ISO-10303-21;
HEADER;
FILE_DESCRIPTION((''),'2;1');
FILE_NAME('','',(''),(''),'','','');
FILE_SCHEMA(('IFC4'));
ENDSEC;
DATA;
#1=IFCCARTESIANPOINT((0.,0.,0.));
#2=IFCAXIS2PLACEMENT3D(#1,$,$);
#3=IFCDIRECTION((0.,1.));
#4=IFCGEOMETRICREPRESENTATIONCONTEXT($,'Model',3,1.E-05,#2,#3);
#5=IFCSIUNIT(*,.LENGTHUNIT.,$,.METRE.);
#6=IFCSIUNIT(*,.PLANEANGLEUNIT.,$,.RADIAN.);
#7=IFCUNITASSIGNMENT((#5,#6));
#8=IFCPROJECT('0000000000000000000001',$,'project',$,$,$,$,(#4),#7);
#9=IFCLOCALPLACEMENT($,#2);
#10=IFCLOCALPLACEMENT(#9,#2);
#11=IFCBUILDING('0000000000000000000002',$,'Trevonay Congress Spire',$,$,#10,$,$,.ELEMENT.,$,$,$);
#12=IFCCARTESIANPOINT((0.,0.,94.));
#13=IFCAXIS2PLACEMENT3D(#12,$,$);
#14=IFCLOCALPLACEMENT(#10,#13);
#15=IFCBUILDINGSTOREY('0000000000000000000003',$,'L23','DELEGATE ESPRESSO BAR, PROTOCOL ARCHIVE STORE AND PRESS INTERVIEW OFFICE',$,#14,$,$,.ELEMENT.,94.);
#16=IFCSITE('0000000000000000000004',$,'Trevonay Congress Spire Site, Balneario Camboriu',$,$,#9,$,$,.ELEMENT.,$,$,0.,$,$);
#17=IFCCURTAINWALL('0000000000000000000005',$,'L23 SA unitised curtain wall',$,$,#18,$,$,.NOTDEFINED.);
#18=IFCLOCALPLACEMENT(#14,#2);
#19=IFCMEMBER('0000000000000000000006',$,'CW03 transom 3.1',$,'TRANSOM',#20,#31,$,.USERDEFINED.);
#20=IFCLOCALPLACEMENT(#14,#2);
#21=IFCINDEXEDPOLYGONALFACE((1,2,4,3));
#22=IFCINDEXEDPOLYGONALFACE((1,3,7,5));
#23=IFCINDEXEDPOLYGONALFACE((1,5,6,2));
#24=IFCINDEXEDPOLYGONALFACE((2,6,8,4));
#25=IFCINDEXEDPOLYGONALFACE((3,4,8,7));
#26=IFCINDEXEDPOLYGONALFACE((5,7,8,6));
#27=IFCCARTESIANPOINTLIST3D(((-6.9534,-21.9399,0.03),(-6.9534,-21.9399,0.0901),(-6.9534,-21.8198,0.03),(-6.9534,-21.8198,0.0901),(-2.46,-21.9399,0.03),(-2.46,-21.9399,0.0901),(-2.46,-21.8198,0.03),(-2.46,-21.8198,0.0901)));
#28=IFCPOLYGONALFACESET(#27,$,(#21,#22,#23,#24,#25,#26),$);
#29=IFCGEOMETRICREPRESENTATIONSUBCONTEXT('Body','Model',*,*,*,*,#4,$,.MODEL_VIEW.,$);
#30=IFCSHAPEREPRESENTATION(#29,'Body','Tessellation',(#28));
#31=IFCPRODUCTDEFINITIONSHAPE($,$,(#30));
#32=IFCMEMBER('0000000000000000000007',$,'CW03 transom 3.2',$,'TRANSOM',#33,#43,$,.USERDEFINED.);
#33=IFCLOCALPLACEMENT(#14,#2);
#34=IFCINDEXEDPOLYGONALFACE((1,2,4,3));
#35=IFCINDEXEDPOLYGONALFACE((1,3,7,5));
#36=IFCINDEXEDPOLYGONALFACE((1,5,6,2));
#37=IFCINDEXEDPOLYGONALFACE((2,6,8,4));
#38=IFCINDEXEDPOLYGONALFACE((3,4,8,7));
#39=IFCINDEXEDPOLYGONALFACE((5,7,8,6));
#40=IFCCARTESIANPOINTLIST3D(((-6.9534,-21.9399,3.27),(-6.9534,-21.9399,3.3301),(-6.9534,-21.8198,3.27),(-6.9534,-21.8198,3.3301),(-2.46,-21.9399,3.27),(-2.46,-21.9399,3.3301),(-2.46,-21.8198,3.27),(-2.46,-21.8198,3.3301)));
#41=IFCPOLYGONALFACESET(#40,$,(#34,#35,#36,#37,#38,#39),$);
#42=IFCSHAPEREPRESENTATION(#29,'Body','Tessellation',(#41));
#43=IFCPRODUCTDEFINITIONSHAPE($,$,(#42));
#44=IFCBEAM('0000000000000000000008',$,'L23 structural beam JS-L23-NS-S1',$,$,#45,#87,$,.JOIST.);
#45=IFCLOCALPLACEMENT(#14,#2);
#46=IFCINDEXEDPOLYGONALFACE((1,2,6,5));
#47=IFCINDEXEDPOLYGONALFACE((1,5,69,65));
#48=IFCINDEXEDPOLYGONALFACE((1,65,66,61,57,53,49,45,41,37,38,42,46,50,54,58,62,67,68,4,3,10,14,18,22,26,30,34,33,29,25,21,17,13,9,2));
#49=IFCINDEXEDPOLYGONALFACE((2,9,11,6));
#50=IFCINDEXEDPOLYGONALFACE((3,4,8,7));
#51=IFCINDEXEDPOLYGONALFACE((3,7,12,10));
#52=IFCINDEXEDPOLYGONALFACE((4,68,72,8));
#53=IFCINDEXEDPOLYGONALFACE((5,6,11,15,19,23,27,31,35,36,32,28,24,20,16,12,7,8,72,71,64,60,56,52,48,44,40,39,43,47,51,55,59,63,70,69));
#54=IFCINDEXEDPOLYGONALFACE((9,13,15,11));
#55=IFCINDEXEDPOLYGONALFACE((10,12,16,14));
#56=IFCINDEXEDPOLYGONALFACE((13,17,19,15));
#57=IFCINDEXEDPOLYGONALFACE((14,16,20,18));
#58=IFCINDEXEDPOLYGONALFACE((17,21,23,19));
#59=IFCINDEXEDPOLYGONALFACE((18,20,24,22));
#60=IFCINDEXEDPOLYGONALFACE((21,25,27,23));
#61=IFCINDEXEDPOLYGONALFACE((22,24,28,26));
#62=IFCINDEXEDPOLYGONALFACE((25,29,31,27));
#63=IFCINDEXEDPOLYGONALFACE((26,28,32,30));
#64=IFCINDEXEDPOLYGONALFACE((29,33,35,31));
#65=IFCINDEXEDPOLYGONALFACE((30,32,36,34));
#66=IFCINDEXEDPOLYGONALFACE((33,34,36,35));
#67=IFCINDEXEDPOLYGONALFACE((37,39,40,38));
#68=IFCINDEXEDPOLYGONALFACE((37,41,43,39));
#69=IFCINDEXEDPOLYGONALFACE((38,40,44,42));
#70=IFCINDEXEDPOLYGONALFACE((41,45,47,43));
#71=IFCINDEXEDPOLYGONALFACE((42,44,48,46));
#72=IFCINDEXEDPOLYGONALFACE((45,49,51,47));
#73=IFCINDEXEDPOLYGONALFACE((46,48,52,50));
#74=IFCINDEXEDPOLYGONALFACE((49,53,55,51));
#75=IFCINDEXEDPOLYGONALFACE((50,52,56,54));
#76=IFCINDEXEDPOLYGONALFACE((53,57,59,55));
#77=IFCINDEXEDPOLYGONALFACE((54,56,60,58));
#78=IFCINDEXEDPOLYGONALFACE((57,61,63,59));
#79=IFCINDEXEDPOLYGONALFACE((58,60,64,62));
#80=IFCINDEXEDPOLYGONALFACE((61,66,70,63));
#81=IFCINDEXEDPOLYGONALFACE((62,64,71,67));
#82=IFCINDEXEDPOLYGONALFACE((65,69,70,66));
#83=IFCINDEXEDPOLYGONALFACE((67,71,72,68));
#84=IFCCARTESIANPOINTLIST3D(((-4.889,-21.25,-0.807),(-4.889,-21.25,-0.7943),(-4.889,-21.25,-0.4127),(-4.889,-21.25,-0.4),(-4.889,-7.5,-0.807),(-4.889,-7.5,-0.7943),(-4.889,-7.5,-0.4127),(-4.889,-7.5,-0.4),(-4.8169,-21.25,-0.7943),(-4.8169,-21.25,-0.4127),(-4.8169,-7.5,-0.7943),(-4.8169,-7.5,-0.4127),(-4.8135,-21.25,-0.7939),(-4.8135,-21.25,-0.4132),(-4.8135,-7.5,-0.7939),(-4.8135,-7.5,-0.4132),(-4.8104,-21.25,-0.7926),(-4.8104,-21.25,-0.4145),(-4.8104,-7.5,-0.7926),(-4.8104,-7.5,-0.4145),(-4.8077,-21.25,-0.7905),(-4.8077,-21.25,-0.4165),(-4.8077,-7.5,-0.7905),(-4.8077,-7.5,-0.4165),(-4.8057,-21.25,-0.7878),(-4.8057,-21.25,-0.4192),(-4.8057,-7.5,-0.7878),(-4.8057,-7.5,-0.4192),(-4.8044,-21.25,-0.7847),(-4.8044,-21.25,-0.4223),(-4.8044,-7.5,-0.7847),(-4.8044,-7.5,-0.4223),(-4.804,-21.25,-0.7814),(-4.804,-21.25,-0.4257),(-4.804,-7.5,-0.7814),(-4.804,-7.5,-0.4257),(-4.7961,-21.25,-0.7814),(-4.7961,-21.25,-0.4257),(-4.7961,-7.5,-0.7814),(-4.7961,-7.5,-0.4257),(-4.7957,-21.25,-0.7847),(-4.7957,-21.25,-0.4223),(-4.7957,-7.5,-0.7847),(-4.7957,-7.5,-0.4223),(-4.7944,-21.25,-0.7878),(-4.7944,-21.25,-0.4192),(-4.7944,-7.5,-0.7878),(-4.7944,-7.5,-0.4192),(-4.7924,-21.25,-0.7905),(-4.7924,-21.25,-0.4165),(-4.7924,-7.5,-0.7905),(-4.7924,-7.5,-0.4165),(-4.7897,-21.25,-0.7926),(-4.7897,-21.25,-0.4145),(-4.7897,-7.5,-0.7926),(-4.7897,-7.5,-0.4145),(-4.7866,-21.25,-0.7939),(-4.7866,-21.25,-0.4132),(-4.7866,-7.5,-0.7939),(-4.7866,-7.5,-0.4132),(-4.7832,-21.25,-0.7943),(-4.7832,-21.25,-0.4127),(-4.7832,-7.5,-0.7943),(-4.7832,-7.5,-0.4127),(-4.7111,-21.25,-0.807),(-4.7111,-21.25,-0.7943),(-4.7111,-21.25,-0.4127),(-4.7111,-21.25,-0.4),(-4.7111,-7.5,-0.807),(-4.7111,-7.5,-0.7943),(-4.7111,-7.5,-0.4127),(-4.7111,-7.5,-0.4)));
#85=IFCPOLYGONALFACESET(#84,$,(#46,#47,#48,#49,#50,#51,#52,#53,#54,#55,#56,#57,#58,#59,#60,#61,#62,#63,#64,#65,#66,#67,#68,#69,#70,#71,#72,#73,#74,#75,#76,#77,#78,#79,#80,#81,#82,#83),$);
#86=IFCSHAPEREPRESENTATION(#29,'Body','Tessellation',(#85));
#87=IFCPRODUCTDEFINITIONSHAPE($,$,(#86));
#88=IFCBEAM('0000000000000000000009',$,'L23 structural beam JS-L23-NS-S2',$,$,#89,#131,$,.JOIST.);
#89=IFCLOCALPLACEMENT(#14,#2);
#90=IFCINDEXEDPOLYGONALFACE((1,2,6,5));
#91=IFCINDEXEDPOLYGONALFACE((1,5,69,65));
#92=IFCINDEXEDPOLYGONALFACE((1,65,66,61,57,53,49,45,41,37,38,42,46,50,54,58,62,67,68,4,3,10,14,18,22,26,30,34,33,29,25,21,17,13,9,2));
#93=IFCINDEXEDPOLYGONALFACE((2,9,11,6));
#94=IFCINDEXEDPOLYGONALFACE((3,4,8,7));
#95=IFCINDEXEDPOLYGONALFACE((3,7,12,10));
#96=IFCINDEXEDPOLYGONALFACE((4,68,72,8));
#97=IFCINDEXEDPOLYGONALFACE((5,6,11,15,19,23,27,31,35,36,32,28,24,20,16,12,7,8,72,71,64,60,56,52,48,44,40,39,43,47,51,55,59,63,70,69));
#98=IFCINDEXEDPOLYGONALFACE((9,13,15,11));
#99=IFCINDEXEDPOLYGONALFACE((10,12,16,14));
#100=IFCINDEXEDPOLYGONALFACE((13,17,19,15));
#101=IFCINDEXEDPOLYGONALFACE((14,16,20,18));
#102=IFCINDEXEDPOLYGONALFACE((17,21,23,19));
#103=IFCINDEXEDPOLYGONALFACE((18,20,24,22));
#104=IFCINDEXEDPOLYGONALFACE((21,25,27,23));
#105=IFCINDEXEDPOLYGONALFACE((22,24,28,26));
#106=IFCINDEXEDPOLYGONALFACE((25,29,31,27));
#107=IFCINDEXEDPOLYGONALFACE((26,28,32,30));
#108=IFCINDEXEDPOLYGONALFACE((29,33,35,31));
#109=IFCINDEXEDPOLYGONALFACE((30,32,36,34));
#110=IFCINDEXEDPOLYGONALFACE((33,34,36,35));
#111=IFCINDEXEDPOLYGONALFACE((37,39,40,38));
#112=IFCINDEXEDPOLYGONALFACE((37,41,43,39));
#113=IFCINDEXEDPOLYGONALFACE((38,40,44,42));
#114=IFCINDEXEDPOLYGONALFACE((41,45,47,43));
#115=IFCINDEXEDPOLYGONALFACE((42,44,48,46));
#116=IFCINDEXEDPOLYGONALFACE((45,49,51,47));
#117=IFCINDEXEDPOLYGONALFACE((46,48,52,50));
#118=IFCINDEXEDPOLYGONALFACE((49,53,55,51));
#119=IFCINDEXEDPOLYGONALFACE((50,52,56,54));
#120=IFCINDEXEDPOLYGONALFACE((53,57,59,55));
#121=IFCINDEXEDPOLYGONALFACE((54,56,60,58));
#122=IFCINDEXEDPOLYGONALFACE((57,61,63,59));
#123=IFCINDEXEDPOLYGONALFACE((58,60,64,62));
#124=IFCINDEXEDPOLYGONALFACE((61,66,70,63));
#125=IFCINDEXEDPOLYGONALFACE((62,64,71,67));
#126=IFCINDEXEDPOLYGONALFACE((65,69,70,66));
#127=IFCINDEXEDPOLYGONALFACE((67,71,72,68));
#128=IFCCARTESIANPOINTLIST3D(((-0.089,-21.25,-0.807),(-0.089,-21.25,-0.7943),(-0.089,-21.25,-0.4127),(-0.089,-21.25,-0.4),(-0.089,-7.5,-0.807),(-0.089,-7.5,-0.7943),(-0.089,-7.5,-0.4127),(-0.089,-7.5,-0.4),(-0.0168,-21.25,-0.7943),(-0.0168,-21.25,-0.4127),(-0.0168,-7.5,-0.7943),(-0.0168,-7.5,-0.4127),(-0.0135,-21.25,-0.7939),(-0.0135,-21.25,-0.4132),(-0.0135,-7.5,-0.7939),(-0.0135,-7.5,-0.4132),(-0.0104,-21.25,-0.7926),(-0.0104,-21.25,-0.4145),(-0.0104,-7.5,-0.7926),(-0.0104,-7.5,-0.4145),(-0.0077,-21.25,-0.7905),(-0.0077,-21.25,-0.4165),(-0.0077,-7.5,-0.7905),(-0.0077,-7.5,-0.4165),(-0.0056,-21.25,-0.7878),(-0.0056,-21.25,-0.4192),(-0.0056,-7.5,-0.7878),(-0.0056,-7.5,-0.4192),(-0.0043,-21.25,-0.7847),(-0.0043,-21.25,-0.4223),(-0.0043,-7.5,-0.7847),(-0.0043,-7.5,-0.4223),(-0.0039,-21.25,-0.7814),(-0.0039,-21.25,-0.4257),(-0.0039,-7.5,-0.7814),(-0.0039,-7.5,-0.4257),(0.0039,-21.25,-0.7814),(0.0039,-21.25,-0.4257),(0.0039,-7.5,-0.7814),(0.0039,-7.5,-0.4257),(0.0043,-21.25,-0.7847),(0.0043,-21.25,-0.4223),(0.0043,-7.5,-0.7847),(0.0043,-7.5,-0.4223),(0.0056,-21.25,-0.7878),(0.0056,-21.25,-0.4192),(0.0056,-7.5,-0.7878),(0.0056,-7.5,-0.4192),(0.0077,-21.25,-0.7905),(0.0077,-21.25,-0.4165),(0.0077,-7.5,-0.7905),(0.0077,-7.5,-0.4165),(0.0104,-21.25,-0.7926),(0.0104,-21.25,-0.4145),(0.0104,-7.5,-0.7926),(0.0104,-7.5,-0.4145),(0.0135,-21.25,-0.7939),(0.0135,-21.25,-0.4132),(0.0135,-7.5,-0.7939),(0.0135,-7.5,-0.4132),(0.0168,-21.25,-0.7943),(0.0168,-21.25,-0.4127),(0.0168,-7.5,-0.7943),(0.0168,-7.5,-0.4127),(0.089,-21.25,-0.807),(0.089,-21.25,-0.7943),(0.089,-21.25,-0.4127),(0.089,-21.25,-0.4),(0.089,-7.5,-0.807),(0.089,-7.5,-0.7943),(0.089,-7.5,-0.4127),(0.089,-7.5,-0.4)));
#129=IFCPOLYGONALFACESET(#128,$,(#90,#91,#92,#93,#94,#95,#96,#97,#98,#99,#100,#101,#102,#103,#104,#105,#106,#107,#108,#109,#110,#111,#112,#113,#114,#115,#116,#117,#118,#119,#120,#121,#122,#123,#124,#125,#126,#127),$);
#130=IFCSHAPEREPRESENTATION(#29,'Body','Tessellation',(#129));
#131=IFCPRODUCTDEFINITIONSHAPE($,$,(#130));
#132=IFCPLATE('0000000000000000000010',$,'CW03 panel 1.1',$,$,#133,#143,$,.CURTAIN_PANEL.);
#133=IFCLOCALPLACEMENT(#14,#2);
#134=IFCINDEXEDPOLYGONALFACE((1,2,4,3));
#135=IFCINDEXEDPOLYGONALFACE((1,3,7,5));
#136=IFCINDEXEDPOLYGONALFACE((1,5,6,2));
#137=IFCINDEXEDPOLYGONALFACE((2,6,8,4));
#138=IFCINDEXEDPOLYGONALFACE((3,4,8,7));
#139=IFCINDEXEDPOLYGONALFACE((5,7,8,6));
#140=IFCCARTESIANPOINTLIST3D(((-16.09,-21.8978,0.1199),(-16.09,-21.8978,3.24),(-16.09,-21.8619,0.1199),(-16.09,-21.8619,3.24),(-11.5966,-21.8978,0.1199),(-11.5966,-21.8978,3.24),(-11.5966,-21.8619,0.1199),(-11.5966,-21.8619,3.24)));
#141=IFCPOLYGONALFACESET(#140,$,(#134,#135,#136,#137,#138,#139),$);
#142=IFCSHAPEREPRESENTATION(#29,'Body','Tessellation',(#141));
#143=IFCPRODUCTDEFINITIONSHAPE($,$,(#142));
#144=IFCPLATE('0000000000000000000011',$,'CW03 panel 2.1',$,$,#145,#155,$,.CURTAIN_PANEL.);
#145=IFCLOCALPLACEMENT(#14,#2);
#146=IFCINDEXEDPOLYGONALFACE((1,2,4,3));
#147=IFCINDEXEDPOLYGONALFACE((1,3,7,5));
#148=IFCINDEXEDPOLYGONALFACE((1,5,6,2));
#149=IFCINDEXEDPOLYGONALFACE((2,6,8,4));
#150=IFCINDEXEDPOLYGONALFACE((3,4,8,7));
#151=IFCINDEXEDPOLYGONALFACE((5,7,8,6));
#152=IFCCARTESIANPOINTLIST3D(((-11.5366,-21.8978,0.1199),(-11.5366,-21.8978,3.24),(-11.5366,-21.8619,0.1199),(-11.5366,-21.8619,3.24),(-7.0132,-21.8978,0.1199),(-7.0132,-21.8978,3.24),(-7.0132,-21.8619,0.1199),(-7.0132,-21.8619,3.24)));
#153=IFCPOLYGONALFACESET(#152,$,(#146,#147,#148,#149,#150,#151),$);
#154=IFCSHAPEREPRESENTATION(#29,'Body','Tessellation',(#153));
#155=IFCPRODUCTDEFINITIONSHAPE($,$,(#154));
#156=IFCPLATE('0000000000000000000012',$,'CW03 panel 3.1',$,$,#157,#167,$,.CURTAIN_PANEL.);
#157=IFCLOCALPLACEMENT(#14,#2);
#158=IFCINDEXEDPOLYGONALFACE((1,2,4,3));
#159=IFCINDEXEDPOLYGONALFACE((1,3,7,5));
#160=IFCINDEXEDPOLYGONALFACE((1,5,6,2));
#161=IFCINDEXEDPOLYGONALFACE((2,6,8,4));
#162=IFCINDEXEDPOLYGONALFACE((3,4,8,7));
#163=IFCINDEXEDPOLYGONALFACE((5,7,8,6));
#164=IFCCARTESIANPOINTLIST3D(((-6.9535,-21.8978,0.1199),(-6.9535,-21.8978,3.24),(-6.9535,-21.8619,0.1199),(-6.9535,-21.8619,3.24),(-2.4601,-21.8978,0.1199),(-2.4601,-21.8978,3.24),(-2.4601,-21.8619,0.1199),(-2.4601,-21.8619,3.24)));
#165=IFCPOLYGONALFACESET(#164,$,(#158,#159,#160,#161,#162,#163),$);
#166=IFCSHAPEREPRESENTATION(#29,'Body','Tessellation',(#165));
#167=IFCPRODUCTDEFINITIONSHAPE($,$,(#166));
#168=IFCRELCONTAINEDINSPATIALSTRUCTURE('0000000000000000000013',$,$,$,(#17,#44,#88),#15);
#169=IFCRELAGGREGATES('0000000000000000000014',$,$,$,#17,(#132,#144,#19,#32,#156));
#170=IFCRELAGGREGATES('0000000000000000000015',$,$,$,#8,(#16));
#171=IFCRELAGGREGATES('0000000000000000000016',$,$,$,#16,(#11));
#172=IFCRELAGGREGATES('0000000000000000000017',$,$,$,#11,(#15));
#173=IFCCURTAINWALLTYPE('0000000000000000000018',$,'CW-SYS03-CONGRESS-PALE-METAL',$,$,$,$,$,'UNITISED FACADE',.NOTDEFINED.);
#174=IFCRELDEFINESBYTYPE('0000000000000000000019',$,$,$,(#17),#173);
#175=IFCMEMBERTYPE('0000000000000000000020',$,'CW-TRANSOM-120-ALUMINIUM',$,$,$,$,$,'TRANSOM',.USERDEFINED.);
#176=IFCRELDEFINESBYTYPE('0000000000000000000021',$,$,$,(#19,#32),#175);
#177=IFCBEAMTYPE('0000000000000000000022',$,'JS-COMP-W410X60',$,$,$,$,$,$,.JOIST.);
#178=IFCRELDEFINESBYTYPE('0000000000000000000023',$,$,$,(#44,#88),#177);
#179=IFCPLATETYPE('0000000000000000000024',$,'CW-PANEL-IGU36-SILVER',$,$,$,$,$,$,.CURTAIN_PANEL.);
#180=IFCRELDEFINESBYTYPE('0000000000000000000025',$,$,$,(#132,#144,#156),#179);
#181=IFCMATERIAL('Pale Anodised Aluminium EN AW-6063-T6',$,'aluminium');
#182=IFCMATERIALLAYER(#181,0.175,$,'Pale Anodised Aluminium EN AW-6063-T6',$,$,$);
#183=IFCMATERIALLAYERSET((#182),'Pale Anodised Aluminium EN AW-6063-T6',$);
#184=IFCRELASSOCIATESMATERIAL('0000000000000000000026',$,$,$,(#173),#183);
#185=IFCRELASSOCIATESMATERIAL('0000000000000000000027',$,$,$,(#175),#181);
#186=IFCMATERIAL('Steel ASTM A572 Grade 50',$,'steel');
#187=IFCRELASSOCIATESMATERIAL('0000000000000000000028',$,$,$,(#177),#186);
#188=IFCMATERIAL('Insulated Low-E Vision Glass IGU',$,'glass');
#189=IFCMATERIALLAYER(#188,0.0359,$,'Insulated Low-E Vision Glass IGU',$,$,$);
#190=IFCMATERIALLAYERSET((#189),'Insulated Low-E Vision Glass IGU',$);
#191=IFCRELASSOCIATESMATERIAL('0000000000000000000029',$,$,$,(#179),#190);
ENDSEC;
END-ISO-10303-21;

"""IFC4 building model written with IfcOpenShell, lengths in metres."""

from ifc_helpers import new_model, si_unit, direction, frame, origin, origin_2d, place, context, subcontext, project, spatial, rectangle, i_section, extrude, material, layer, layer_set, material_profile, profile_set, type_object, element, aggregate, save


model = new_model("IFC4")

# Units and contexts
model_context = context("Model", 3, precision=1e-05, world=origin(), true_north=direction((0.0, 1.0)))
body_context = subcontext(model_context, "Body", "Model", "MODEL_VIEW")
ifc_project = project(units=[si_unit("LENGTHUNIT", "METRE"), si_unit("PLANEANGLEUNIT", "RADIAN")], contexts=[model_context])

# Site, building, storey
site_placement = place(None, origin())
site = spatial("IfcSite", under=ifc_project, at=site_placement, Name="Trevonay Congress Spire Site, Balneario Camboriu", CompositionType="ELEMENT", RefElevation=0.0)
building_placement = place(site_placement, origin())
building = spatial("IfcBuilding", under=site, at=building_placement, Name="Trevonay Congress Spire", CompositionType="ELEMENT")
storey_placement = place(building_placement, frame((0.0, 0.0, 94.0)))
storey = spatial("IfcBuildingStorey", under=building, at=storey_placement, Name="L23", Description="DELEGATE ESPRESSO BAR, PROTOCOL ARCHIVE STORE AND PRESS INTERVIEW OFFICE", CompositionType="ELEMENT", Elevation=94.0)

# Shared definitions
ifc_material_1 = material(Name="Steel ASTM A572 Grade 50", Category="steel")

# Curtain wall, members
ifc_material_2 = material(Name="Pale Anodised Aluminium EN AW-6063-T6", Category="aluminium")
ifc_layer_1 = layer(ifc_material_2, 0.175, Name="Pale Anodised Aluminium EN AW-6063-T6")
ifc_layer_set_1 = layer_set([ifc_layer_1], Name="Pale Anodised Aluminium EN AW-6063-T6")
curtain_wall_type = type_object("IfcCurtainWallType", Name="CW-SYS03-CONGRESS-PALE-METAL", ElementType="UNITISED FACADE", PredefinedType="NOTDEFINED", material=ifc_layer_set_1)
curtain_wall_placement = place(storey_placement, origin())
curtain_wall = element("IfcCurtainWall", 1, at=curtain_wall_placement, inside=storey, type_object=curtain_wall_type, Name="L23 SA unitised curtain wall", PredefinedType="NOTDEFINED")
ifc_material_profile_1 = material_profile(ifc_material_2, rectangle(XDim=0.1201, YDim=0.0601, at=origin_2d()), Name="CW-TRANSOM-120-ALUMINIUM")
ifc_profile_set_1 = profile_set([ifc_material_profile_1], Name="Pale Anodised Aluminium EN AW-6063-T6")
member_type_1 = type_object("IfcMemberType", Name="CW-TRANSOM-120-ALUMINIUM", ElementType="TRANSOM", PredefinedType="USERDEFINED", material=ifc_profile_set_1)
member_1_placement = place(storey_placement, frame((-6.9534, -21.8799, 0.0601), z_axis=(1.0, 0.0, 0.0), x_axis=(0.0, 1.0, 0.0)))
member_1 = element("IfcMember", 2, at=member_1_placement, type_object=member_type_1, Name="CW03 transom 3.1", ObjectType="TRANSOM", PredefinedType="USERDEFINED", context=body_context, shape_type="SweptSolid", body=[
    extrude(rectangle(XDim=0.1201, YDim=0.0601, at=origin_2d()), origin(), (0.0, 0.0, 1.0), 4.4934),
])
member_2_placement = place(storey_placement, frame((-6.9534, -21.8799, 3.3), z_axis=(1.0, 0.0, 0.0), x_axis=(0.0, 1.0, 0.0)))
member_2 = element("IfcMember", 3, at=member_2_placement, type_object=member_type_1, Name="CW03 transom 3.2", ObjectType="TRANSOM", PredefinedType="USERDEFINED", context=body_context, shape_type="SweptSolid", body=[
    extrude(rectangle(XDim=0.1201, YDim=0.0601, at=origin_2d()), origin(), (0.0, 0.0, 1.0), 4.4934),
])

# Beams
ifc_material_profile_2 = material_profile(ifc_material_1, i_section(OverallWidth=0.178, OverallDepth=0.407, WebThickness=0.0078, FlangeThickness=0.0127, FilletRadius=0.0129, at=origin_2d()), Name="W410x60")
ifc_profile_set_2 = profile_set([ifc_material_profile_2], Name="Steel ASTM A572 Grade 50")
beam_type_1 = type_object("IfcBeamType", Name="JS-COMP-W410X60", PredefinedType="JOIST", material=ifc_profile_set_2)
for number, where, z_axis, x_axis, name in (
    (4, (-4.8, -21.25, -0.6035), (0.0, 1.0, 0.0), (-1.0, 0.0, 0.0), "L23 structural beam JS-L23-NS-S1"),
    (5, (0.0, -21.25, -0.6035), (0.0, 1.0, 0.0), (-1.0, 0.0, 0.0), "L23 structural beam JS-L23-NS-S2"),
):
    element("IfcBeam", number, at=place(storey_placement, frame(where, z_axis=z_axis, x_axis=x_axis)), inside=storey, type_object=beam_type_1, Name=name, PredefinedType="JOIST", context=body_context, shape_type="SweptSolid", body=[
        extrude(i_section(OverallWidth=0.178, OverallDepth=0.407, WebThickness=0.0078, FlangeThickness=0.0127, FilletRadius=0.0129, at=origin_2d()), origin(), (0.0, 0.0, 1.0), 13.75),
    ])

# Plates
ifc_material_3 = material(Name="Insulated Low-E Vision Glass IGU", Category="glass")
ifc_layer_2 = layer(ifc_material_3, 0.0359, Name="Insulated Low-E Vision Glass IGU")
ifc_layer_set_2 = layer_set([ifc_layer_2], Name="Insulated Low-E Vision Glass IGU")
plate_type = type_object("IfcPlateType", Name="CW-PANEL-IGU36-SILVER", PredefinedType="CURTAIN_PANEL", material=ifc_layer_set_2)
plate_1_placement = place(storey_placement, frame((-13.8433, -21.8799, 0.1199), z_axis=(0.0, 0.0, 1.0), x_axis=(1.0, 0.0, 0.0)))
plate_1 = element("IfcPlate", 6, at=plate_1_placement, type_object=plate_type, Name="CW03 panel 1.1", PredefinedType="CURTAIN_PANEL", context=body_context, shape_type="SweptSolid", body=[
    extrude(rectangle(XDim=4.4934, YDim=0.0359, at=origin_2d()), origin(), (0.0, 0.0, 1.0), 3.1201),
])
plate_2_placement = place(storey_placement, frame((-9.2749, -21.8799, 0.1199), z_axis=(0.0, 0.0, 1.0), x_axis=(1.0, 0.0, 0.0)))
plate_2 = element("IfcPlate", 7, at=plate_2_placement, type_object=plate_type, Name="CW03 panel 2.1", PredefinedType="CURTAIN_PANEL", context=body_context, shape_type="SweptSolid", body=[
    extrude(rectangle(XDim=4.5234, YDim=0.0359, at=origin_2d()), origin(), (0.0, 0.0, 1.0), 3.1201),
])
plate_3_placement = place(storey_placement, frame((-4.7068, -21.8799, 0.1199), z_axis=(0.0, 0.0, 1.0), x_axis=(1.0, 0.0, 0.0)))
plate_3 = element("IfcPlate", 8, at=plate_3_placement, type_object=plate_type, Name="CW03 panel 3.1", PredefinedType="CURTAIN_PANEL", context=body_context, shape_type="SweptSolid", body=[
    extrude(rectangle(XDim=4.4934, YDim=0.0359, at=origin_2d()), origin(), (0.0, 0.0, 1.0), 3.1201),
])
aggregate(curtain_wall, [plate_1, plate_2, member_1, member_2, plate_3])

save(model, "model.ifc")
